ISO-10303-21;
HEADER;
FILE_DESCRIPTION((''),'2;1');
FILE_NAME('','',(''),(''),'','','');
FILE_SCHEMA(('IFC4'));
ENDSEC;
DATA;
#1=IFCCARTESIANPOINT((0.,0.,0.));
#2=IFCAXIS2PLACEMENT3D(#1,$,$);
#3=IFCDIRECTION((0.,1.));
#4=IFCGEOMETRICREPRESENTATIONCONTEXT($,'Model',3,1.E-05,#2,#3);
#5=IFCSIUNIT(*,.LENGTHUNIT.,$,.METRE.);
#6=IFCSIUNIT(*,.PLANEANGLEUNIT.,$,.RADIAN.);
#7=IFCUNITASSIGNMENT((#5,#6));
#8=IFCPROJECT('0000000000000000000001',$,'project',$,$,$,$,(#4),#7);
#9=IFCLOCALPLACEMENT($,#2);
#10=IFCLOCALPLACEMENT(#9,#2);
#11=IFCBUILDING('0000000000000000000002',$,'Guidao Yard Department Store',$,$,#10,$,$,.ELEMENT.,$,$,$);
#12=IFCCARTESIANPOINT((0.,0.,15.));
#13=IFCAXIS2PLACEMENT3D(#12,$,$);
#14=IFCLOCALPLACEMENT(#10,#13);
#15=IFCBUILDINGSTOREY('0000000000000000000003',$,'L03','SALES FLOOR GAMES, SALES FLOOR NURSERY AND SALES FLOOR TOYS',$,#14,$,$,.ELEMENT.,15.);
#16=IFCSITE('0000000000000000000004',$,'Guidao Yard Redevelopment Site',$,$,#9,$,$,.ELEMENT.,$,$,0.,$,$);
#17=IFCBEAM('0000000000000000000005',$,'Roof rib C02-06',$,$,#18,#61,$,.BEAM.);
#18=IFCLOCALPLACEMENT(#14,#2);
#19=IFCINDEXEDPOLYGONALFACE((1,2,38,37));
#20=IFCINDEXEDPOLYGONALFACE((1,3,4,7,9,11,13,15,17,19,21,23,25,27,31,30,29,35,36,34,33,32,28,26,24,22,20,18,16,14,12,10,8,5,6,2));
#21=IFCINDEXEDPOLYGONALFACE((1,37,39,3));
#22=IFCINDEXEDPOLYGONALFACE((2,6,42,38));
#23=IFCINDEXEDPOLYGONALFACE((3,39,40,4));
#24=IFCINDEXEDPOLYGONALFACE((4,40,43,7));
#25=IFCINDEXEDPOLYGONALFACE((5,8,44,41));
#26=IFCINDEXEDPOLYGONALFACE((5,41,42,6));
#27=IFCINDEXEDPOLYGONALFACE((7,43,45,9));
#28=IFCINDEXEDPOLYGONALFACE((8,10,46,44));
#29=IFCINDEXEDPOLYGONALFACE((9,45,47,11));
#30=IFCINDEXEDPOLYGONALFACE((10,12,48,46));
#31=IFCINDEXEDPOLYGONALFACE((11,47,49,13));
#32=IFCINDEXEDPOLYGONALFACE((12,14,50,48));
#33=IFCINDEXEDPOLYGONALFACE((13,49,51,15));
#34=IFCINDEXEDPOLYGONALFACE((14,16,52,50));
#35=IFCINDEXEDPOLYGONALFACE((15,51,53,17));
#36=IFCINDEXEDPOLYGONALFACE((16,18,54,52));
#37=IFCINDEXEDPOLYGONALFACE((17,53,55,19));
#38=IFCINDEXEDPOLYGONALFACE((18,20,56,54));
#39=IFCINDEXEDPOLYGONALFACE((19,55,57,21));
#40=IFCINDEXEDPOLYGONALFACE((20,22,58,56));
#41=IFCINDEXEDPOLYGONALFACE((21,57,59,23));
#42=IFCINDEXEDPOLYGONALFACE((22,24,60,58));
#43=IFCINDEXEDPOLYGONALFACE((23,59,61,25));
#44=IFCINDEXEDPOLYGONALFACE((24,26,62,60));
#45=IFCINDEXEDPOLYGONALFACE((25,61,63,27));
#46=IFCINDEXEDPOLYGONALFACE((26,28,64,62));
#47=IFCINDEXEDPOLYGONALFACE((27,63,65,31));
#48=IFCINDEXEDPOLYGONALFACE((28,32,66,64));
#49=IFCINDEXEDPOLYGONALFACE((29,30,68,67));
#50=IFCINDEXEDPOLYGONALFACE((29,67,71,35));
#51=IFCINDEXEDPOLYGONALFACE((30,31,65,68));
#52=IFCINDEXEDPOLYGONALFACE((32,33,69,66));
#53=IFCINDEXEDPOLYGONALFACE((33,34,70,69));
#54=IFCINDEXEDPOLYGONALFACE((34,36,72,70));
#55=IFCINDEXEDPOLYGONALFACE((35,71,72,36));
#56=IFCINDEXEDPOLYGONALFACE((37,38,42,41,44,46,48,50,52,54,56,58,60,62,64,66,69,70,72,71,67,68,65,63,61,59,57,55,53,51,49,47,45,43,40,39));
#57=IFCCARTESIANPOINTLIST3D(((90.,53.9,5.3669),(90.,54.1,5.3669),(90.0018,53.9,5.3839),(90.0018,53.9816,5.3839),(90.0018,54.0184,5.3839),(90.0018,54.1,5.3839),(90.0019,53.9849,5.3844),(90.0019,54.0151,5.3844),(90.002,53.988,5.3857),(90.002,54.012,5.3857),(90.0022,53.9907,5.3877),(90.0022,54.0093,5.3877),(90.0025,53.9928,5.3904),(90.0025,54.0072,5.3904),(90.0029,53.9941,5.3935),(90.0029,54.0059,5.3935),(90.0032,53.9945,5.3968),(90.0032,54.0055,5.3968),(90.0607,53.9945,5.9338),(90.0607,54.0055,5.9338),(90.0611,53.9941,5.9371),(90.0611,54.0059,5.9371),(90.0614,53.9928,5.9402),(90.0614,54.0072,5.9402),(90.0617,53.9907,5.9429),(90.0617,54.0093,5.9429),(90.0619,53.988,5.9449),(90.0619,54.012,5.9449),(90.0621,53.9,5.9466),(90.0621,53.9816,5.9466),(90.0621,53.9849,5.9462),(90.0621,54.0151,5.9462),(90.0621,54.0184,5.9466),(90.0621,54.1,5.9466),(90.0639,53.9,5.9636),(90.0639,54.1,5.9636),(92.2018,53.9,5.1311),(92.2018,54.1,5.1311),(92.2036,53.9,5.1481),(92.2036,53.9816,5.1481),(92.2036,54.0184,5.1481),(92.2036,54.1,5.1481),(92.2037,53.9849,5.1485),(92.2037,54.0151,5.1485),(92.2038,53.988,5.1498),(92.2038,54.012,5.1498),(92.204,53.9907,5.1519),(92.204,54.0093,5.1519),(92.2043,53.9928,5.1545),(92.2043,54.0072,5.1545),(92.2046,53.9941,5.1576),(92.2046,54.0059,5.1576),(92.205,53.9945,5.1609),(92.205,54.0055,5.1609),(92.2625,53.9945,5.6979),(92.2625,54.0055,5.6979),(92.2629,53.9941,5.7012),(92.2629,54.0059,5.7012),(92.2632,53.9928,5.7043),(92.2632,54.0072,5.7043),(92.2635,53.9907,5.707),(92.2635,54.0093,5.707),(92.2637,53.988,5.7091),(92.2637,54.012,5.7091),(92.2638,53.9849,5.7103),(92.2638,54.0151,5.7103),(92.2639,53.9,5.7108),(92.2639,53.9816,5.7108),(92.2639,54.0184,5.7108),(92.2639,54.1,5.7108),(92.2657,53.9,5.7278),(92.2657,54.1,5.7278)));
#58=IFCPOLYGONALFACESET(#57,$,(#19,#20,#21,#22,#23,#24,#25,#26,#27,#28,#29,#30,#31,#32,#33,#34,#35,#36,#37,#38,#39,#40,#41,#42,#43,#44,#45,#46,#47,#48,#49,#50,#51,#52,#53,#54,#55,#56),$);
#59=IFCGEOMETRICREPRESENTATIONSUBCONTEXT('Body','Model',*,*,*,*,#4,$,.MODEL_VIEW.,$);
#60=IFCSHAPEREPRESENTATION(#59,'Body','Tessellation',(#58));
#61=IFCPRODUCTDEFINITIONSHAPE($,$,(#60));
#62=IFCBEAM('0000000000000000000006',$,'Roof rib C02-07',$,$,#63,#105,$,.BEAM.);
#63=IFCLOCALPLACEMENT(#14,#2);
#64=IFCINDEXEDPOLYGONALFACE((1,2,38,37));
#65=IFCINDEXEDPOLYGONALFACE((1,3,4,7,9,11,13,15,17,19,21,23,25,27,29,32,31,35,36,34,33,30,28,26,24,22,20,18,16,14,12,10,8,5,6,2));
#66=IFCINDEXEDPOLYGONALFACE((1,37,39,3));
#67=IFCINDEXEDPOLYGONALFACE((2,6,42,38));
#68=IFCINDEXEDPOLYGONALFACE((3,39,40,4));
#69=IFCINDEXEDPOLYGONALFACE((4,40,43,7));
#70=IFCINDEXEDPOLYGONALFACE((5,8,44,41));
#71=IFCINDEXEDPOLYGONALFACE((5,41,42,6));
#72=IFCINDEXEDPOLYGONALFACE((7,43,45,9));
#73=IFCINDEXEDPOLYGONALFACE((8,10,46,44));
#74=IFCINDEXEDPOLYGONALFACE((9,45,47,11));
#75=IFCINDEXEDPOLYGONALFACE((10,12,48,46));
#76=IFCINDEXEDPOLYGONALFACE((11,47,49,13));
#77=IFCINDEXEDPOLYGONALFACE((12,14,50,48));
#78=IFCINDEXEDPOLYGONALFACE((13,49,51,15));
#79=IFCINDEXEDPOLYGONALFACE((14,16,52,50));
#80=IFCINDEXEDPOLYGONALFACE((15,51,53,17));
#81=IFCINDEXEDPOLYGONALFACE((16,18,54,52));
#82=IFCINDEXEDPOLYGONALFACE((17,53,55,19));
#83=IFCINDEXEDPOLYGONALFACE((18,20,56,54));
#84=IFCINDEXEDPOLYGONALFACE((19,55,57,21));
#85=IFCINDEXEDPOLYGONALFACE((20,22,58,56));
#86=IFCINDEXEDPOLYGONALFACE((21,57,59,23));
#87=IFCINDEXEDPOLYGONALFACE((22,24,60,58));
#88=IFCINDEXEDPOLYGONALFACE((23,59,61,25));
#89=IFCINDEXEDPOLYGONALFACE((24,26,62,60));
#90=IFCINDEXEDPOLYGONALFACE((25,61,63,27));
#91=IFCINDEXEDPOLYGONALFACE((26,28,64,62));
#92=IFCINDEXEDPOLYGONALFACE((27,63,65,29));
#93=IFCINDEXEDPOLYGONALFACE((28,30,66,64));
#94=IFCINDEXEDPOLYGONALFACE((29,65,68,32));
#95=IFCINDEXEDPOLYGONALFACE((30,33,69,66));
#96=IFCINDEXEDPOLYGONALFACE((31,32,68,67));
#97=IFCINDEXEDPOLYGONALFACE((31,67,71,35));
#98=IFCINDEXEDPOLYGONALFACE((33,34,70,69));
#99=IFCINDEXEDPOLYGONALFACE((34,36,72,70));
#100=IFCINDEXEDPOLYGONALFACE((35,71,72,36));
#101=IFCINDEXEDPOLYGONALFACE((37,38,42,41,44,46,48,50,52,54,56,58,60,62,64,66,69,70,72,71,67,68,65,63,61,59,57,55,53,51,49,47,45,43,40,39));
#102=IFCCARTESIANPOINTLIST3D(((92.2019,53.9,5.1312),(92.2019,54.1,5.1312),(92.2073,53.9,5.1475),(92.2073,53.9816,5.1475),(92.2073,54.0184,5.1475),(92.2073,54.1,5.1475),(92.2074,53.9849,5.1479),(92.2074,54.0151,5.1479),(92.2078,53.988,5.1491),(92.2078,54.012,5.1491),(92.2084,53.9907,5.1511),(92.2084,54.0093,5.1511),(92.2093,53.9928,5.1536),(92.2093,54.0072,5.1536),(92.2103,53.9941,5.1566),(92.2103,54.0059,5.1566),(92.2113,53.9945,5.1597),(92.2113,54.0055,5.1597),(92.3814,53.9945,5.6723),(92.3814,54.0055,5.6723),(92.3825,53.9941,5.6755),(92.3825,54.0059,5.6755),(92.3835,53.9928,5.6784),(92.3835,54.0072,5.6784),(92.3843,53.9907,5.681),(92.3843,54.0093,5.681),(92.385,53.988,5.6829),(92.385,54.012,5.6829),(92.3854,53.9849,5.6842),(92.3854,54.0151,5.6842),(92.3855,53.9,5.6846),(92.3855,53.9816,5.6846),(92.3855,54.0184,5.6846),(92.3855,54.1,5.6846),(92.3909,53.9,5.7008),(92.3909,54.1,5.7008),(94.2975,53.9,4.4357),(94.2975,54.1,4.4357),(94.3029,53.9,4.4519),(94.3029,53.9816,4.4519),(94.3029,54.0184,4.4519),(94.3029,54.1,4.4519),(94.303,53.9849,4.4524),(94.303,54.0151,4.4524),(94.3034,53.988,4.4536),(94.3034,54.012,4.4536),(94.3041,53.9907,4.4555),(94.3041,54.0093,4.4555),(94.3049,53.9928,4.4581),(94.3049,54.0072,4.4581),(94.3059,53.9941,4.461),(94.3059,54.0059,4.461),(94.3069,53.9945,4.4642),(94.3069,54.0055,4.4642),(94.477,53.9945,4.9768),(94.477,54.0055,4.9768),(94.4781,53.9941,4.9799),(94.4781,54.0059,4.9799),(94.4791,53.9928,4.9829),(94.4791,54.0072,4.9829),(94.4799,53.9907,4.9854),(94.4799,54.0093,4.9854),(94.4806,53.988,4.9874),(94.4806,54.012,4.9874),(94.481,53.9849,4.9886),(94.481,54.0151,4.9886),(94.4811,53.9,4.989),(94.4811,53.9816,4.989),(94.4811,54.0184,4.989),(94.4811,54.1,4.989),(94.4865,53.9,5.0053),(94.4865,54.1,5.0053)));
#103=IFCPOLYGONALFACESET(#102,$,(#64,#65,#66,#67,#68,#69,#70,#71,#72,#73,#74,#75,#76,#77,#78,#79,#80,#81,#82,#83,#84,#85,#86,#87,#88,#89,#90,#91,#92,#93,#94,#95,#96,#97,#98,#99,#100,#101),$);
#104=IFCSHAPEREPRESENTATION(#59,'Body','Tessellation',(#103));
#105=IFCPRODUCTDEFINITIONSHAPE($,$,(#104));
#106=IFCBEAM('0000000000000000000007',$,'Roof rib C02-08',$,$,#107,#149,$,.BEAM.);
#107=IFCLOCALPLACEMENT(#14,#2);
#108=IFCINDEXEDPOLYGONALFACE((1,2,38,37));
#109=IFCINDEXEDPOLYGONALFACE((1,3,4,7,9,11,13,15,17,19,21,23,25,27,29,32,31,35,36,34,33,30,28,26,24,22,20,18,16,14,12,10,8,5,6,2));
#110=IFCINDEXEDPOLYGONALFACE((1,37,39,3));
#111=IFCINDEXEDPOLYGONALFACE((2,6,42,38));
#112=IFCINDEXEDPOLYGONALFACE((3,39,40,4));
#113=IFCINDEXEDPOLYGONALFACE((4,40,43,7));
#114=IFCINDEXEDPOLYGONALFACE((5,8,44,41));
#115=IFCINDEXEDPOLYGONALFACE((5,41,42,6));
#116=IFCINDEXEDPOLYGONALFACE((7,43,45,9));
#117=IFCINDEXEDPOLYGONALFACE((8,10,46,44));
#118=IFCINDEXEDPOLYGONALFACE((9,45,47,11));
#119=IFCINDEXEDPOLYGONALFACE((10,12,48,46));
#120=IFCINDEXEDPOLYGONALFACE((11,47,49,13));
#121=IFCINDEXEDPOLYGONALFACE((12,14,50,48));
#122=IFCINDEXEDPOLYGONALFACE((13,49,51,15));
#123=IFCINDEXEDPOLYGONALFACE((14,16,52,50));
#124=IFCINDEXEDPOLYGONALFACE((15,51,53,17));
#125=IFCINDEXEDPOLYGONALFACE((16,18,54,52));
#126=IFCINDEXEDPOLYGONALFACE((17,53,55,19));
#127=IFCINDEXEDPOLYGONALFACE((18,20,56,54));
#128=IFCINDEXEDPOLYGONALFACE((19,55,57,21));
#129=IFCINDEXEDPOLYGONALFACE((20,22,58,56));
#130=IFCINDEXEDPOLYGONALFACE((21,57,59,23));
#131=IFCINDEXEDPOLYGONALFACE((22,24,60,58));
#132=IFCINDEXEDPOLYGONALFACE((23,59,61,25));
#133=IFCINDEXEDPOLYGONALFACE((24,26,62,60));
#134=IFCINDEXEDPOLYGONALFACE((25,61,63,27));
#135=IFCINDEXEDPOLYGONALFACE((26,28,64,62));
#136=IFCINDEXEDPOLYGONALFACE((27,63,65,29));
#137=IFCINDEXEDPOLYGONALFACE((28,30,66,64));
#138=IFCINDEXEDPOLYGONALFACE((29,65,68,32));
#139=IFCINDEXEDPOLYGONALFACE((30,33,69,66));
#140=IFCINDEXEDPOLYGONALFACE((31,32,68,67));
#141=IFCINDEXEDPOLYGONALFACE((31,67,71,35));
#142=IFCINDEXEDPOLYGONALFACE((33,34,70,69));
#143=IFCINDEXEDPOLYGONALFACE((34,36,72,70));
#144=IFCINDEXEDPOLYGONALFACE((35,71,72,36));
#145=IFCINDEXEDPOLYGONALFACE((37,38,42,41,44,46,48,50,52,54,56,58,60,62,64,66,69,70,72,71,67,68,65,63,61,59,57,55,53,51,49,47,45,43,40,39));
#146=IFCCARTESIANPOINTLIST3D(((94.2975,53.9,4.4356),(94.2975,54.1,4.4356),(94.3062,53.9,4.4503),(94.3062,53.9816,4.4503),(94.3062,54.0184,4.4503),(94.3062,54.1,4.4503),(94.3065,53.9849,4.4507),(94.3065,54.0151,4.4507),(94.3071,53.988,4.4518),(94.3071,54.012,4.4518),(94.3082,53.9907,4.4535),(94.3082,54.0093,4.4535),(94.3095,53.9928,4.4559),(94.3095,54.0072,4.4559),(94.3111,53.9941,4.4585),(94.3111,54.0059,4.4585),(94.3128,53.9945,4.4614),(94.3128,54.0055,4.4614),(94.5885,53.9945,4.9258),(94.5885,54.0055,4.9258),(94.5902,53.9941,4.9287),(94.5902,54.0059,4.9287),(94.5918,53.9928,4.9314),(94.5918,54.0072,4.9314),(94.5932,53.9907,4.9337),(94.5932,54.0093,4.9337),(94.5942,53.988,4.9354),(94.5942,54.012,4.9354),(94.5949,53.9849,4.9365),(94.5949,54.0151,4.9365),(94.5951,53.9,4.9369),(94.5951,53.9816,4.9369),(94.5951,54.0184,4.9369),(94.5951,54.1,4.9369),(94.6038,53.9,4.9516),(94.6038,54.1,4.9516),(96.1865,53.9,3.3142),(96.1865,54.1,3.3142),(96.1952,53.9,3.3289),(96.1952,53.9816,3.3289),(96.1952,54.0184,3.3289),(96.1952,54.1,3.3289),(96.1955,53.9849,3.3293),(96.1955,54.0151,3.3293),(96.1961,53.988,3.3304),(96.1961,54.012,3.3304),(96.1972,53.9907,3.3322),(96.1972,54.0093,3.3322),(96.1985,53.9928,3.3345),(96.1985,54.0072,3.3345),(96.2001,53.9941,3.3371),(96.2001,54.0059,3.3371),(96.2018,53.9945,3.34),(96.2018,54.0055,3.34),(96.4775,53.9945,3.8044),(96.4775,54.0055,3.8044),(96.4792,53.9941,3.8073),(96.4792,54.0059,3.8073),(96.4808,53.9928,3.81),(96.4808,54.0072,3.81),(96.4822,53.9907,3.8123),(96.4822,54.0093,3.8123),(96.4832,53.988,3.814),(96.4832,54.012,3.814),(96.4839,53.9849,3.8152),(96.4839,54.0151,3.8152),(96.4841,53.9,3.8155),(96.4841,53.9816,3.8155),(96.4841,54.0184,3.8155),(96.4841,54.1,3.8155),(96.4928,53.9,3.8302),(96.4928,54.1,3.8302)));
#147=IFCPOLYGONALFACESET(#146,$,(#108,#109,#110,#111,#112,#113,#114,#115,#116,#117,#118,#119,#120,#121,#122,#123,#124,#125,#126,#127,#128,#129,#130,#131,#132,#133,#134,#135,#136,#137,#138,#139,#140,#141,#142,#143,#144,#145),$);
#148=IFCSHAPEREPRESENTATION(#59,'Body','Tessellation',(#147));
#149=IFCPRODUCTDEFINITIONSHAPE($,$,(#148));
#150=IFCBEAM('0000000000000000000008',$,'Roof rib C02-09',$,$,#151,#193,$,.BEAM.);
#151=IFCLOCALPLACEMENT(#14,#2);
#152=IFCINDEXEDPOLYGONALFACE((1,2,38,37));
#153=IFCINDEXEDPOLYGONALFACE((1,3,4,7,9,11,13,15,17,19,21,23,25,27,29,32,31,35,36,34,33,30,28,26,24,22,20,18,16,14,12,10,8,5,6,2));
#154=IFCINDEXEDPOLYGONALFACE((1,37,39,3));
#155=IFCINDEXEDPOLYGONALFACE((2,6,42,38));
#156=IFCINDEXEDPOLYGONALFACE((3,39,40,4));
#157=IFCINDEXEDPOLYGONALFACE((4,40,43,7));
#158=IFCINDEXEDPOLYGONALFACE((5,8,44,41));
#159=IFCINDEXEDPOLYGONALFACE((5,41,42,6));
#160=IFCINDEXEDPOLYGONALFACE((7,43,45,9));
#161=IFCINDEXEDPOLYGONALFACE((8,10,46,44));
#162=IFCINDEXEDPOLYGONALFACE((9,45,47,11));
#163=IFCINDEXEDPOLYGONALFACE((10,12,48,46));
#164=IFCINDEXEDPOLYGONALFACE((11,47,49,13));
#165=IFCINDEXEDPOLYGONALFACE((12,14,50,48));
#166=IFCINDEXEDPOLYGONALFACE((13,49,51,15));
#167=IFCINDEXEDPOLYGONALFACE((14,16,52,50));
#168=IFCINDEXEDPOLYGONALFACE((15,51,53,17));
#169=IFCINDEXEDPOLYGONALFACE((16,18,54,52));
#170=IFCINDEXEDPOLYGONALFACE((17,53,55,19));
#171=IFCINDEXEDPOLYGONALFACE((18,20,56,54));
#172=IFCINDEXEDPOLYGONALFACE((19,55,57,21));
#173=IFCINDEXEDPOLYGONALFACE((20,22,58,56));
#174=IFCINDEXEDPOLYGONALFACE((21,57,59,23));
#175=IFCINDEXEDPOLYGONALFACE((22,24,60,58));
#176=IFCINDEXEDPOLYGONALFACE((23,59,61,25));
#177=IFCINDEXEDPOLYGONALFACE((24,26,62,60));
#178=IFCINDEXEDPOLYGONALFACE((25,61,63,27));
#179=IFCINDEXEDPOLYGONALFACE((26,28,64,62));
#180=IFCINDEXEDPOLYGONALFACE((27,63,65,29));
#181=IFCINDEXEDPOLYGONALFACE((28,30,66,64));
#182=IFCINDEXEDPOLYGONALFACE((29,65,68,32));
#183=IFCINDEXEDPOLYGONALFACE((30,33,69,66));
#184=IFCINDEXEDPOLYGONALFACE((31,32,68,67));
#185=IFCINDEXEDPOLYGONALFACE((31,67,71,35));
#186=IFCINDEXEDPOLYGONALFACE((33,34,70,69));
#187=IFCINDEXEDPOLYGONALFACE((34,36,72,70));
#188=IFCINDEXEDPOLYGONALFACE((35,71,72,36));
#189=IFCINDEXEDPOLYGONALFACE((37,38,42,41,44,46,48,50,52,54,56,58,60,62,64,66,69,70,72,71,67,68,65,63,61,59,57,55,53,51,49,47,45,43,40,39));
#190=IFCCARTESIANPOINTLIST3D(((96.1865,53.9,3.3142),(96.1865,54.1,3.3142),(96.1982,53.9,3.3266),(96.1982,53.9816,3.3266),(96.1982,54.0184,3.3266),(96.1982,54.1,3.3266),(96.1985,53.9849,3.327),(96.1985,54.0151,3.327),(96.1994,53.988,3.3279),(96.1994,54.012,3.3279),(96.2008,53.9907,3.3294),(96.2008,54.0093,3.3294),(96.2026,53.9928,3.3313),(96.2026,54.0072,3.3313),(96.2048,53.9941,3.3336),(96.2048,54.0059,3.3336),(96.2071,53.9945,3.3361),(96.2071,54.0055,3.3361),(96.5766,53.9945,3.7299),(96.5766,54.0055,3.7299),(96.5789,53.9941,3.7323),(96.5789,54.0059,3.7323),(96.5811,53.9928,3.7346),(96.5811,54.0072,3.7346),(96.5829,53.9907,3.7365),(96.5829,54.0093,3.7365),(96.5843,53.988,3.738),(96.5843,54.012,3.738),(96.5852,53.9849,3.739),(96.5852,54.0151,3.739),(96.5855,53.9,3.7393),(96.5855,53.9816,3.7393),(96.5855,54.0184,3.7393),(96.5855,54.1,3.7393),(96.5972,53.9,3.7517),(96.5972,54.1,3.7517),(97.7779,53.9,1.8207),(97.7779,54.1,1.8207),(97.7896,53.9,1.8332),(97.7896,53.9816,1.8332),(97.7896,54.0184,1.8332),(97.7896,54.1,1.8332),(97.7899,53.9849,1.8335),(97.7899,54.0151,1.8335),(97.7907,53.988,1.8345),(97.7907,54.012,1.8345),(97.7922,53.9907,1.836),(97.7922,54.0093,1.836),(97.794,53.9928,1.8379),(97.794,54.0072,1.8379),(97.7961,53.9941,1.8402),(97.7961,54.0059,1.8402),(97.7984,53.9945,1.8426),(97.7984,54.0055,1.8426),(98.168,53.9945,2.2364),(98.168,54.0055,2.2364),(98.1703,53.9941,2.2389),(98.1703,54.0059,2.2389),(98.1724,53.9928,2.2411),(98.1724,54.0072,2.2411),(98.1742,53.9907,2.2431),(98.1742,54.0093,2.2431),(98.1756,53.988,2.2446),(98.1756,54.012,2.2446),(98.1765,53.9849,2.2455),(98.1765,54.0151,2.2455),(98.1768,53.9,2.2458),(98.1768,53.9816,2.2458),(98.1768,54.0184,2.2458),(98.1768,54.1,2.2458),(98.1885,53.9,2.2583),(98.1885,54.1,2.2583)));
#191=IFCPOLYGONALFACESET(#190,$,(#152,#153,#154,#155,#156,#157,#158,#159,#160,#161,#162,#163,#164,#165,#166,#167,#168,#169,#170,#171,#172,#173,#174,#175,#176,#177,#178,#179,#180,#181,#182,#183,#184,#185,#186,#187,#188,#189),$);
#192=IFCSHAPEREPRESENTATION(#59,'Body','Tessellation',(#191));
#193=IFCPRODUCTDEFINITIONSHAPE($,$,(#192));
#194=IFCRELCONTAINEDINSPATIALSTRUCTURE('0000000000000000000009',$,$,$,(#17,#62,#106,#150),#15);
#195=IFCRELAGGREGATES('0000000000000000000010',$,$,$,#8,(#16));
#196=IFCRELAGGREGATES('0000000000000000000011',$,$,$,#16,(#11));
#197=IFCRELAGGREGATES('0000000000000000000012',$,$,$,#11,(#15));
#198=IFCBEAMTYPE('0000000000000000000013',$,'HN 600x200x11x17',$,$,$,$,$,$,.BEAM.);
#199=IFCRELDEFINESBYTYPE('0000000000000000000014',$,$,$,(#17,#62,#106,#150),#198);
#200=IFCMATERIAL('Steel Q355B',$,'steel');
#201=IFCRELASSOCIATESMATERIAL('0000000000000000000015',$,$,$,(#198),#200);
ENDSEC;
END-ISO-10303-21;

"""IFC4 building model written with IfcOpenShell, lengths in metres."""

from ifc_helpers import new_model, si_unit, direction, frame, origin, origin_2d, place, context, subcontext, project, spatial, i_section, extrude, material, material_profile, profile_set, type_object, element, save


model = new_model("IFC4")

# Units and contexts
model_context = context("Model", 3, precision=1e-05, world=origin(), true_north=direction((0.0, 1.0)))
body_context = subcontext(model_context, "Body", "Model", "MODEL_VIEW")
ifc_project = project(units=[si_unit("LENGTHUNIT", "METRE"), si_unit("PLANEANGLEUNIT", "RADIAN")], contexts=[model_context])

# Site, building, storey
site_placement = place(None, origin())
site = spatial("IfcSite", under=ifc_project, at=site_placement, Name="Guidao Yard Redevelopment Site", CompositionType="ELEMENT", RefElevation=0.0)
building_placement = place(site_placement, origin())
building = spatial("IfcBuilding", under=site, at=building_placement, Name="Guidao Yard Department Store", CompositionType="ELEMENT")
storey_placement = place(building_placement, frame((0.0, 0.0, 15.0)))
storey = spatial("IfcBuildingStorey", under=building, at=storey_placement, Name="L03", Description="SALES FLOOR GAMES, SALES FLOOR NURSERY AND SALES FLOOR TOYS", CompositionType="ELEMENT", Elevation=15.0)

# Beams
ifc_material_1 = material(Name="Steel Q355B", Category="steel")
ifc_material_profile_1 = material_profile(ifc_material_1, i_section(OverallWidth=0.2, OverallDepth=0.6001, WebThickness=0.011, FlangeThickness=0.0171, FilletRadius=0.0129, at=origin_2d()), Name="HN 600x200x11x17")
ifc_profile_set_1 = profile_set([ifc_material_profile_1], Name="Steel Q355B")
beam_type = type_object("IfcBeamType", Name="HN 600x200x11x17", PredefinedType="BEAM", material=ifc_profile_set_1)
beam_1_placement = place(storey_placement, frame((90.032, 54.0, 5.6653), z_axis=(0.994312, 0.0, -0.10651), x_axis=(0.0, 1.0, 0.0)))
element("IfcBeam", 1, at=beam_1_placement, inside=storey, type_object=beam_type, Name="Roof rib C02-06", PredefinedType="BEAM", context=body_context, shape_type="SweptSolid", body=[
    extrude(i_section(OverallWidth=0.2, OverallDepth=0.6001, WebThickness=0.011, FlangeThickness=0.0171, FilletRadius=0.0129, at=origin_2d()), origin(), (0.0, 0.0, 1.0), 2.2144),
])
beam_2_placement = place(storey_placement, frame((92.2964, 54.0, 5.416), z_axis=(0.949092, 0.0, -0.315), x_axis=(0.0, 1.0, 0.0)))
element("IfcBeam", 2, at=beam_2_placement, inside=storey, type_object=beam_type, Name="Roof rib C02-07", PredefinedType="BEAM", context=body_context, shape_type="SweptSolid", body=[
    extrude(i_section(OverallWidth=0.2, OverallDepth=0.6001, WebThickness=0.011, FlangeThickness=0.0171, FilletRadius=0.0129, at=origin_2d()), origin(), (0.0, 0.0, 1.0), 2.208),
])
beam_3_placement = place(storey_placement, frame((94.4507, 54.0, 4.6936), z_axis=(0.859896, 0.0, -0.510469), x_axis=(0.0, 1.0, 0.0)))
element("IfcBeam", 3, at=beam_3_placement, inside=storey, type_object=beam_type, Name="Roof rib C02-08", PredefinedType="BEAM", context=body_context, shape_type="SweptSolid", body=[
    extrude(i_section(OverallWidth=0.2, OverallDepth=0.6001, WebThickness=0.011, FlangeThickness=0.0171, FilletRadius=0.0129, at=origin_2d()), origin(), (0.0, 0.0, 1.0), 2.1968),
])
beam_4_placement = place(storey_placement, frame((96.3918, 54.0, 3.533), z_axis=(0.729181, 0.0, -0.684321), x_axis=(0.0, 1.0, 0.0)))
element("IfcBeam", 4, at=beam_4_placement, inside=storey, type_object=beam_type, Name="Roof rib C02-09", PredefinedType="BEAM", context=body_context, shape_type="SweptSolid", body=[
    extrude(i_section(OverallWidth=0.2, OverallDepth=0.6001, WebThickness=0.011, FlangeThickness=0.0171, FilletRadius=0.0129, at=origin_2d()), origin(), (0.0, 0.0, 1.0), 2.1824),
])

save(model, "model.ifc")
